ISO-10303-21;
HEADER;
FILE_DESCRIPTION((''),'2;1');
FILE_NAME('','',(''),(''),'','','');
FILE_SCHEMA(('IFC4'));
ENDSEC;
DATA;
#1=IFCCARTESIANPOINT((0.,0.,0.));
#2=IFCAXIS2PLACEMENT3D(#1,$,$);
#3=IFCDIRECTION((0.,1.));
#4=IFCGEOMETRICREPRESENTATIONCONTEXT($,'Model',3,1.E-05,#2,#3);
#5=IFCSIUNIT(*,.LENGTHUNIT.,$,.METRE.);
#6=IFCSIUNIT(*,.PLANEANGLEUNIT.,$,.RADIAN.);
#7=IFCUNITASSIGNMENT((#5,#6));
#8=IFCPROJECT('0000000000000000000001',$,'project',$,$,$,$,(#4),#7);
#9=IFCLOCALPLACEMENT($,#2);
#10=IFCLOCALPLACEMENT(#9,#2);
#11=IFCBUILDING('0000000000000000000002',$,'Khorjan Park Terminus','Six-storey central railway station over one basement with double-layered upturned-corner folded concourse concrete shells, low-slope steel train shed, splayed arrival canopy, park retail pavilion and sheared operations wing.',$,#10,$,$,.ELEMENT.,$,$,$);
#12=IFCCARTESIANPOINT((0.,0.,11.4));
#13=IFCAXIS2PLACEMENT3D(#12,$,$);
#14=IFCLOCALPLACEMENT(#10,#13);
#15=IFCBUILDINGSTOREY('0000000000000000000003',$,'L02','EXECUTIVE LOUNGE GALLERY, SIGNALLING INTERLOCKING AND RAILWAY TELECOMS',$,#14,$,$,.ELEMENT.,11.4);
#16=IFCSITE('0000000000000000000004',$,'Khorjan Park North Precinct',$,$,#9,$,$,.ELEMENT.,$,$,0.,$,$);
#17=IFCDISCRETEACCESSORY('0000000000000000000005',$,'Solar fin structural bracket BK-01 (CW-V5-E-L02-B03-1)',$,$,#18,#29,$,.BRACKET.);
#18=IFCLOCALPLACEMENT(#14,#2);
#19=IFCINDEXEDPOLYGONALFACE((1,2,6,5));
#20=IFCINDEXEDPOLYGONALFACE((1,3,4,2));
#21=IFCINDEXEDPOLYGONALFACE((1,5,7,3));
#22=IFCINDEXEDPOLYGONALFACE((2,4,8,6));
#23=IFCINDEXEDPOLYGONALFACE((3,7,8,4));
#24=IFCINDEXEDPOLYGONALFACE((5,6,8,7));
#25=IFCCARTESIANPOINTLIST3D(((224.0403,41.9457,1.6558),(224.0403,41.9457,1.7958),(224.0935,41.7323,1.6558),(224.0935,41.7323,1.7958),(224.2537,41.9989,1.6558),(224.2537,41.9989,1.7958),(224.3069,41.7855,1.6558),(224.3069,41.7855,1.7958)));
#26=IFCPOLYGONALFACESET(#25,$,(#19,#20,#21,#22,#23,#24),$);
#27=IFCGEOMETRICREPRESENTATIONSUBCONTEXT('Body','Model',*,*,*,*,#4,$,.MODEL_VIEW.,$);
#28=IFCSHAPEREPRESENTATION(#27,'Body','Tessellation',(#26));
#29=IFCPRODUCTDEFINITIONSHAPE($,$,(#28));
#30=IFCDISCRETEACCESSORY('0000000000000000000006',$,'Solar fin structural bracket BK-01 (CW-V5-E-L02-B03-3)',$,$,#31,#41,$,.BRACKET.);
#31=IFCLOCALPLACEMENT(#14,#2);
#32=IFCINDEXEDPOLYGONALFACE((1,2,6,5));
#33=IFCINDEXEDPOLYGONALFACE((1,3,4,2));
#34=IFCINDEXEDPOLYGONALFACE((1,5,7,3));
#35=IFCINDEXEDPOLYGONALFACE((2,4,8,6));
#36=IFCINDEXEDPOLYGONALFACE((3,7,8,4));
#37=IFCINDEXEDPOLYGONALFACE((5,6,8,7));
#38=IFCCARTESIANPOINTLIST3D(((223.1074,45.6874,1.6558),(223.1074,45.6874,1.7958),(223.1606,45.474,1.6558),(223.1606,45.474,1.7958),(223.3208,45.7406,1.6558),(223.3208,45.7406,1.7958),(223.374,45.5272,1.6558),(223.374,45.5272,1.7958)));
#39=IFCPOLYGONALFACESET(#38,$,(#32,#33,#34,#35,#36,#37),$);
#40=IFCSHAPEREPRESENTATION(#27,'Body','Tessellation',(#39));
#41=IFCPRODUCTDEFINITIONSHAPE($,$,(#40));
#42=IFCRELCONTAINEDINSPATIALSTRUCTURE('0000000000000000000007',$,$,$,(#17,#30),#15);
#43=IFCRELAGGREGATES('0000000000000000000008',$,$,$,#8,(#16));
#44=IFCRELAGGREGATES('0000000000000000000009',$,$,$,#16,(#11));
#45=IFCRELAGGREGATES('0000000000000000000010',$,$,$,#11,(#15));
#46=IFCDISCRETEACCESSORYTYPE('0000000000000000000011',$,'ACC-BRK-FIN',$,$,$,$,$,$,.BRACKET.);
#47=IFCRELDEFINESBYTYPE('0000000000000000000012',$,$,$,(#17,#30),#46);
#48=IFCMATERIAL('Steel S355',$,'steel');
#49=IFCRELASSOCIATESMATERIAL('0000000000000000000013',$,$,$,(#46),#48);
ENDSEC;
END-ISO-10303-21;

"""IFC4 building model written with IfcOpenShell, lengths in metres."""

from ifc_helpers import new_model, si_unit, direction, frame, origin, origin_2d, place, context, subcontext, project, spatial, rectangle, extrude, material, type_object, element, save


model = new_model("IFC4")

# Units and contexts
model_context = context("Model", 3, precision=1e-05, world=origin(), true_north=direction((0.0, 1.0)))
body_context = subcontext(model_context, "Body", "Model", "MODEL_VIEW")
ifc_project = project(units=[si_unit("LENGTHUNIT", "METRE"), si_unit("PLANEANGLEUNIT", "RADIAN")], contexts=[model_context])

# Site, building, storey
site_placement = place(None, origin())
site = spatial("IfcSite", under=ifc_project, at=site_placement, Name="Khorjan Park North Precinct", CompositionType="ELEMENT", RefElevation=0.0)
building_placement = place(site_placement, origin())
building = spatial("IfcBuilding", under=site, at=building_placement, Name="Khorjan Park Terminus", Description="Six-storey central railway station over one basement with double-layered upturned-corner folded concourse concrete shells, low-slope steel train shed, splayed arrival canopy, park retail pavilion and sheared operations wing.", CompositionType="ELEMENT")
storey_placement = place(building_placement, frame((0.0, 0.0, 11.4)))
storey = spatial("IfcBuildingStorey", under=building, at=storey_placement, Name="L02", Description="EXECUTIVE LOUNGE GALLERY, SIGNALLING INTERLOCKING AND RAILWAY TELECOMS", CompositionType="ELEMENT", Elevation=11.4)

# Discrete accessories
ifc_material_1 = material(Name="Steel S355", Category="steel")
discrete_accessory_type = type_object("IfcDiscreteAccessoryType", Name="ACC-BRK-FIN", PredefinedType="BRACKET", material=ifc_material_1)
for number, where, z_axis, x_axis, name in (
    (1, (224.1736, 41.8656, 1.6558), (0.0, 0.0, 1.0), (-0.241923, 0.970295, 0.0), "Solar fin structural bracket BK-01 (CW-V5-E-L02-B03-1)"),
    (2, (223.2407, 45.6073, 1.6558), (0.0, 0.0, 1.0), (-0.241923, 0.970295, 0.0), "Solar fin structural bracket BK-01 (CW-V5-E-L02-B03-3)"),
):
    element("IfcDiscreteAccessory", number, at=place(storey_placement, frame(where, z_axis=z_axis, x_axis=x_axis)), inside=storey, type_object=discrete_accessory_type, Name=name, PredefinedType="BRACKET", context=body_context, shape_type="SweptSolid", body=[
        extrude(rectangle(XDim=0.22, YDim=0.22, at=origin_2d()), origin(), (0.0, 0.0, 1.0), 0.14),
    ])

save(model, "model.ifc")
